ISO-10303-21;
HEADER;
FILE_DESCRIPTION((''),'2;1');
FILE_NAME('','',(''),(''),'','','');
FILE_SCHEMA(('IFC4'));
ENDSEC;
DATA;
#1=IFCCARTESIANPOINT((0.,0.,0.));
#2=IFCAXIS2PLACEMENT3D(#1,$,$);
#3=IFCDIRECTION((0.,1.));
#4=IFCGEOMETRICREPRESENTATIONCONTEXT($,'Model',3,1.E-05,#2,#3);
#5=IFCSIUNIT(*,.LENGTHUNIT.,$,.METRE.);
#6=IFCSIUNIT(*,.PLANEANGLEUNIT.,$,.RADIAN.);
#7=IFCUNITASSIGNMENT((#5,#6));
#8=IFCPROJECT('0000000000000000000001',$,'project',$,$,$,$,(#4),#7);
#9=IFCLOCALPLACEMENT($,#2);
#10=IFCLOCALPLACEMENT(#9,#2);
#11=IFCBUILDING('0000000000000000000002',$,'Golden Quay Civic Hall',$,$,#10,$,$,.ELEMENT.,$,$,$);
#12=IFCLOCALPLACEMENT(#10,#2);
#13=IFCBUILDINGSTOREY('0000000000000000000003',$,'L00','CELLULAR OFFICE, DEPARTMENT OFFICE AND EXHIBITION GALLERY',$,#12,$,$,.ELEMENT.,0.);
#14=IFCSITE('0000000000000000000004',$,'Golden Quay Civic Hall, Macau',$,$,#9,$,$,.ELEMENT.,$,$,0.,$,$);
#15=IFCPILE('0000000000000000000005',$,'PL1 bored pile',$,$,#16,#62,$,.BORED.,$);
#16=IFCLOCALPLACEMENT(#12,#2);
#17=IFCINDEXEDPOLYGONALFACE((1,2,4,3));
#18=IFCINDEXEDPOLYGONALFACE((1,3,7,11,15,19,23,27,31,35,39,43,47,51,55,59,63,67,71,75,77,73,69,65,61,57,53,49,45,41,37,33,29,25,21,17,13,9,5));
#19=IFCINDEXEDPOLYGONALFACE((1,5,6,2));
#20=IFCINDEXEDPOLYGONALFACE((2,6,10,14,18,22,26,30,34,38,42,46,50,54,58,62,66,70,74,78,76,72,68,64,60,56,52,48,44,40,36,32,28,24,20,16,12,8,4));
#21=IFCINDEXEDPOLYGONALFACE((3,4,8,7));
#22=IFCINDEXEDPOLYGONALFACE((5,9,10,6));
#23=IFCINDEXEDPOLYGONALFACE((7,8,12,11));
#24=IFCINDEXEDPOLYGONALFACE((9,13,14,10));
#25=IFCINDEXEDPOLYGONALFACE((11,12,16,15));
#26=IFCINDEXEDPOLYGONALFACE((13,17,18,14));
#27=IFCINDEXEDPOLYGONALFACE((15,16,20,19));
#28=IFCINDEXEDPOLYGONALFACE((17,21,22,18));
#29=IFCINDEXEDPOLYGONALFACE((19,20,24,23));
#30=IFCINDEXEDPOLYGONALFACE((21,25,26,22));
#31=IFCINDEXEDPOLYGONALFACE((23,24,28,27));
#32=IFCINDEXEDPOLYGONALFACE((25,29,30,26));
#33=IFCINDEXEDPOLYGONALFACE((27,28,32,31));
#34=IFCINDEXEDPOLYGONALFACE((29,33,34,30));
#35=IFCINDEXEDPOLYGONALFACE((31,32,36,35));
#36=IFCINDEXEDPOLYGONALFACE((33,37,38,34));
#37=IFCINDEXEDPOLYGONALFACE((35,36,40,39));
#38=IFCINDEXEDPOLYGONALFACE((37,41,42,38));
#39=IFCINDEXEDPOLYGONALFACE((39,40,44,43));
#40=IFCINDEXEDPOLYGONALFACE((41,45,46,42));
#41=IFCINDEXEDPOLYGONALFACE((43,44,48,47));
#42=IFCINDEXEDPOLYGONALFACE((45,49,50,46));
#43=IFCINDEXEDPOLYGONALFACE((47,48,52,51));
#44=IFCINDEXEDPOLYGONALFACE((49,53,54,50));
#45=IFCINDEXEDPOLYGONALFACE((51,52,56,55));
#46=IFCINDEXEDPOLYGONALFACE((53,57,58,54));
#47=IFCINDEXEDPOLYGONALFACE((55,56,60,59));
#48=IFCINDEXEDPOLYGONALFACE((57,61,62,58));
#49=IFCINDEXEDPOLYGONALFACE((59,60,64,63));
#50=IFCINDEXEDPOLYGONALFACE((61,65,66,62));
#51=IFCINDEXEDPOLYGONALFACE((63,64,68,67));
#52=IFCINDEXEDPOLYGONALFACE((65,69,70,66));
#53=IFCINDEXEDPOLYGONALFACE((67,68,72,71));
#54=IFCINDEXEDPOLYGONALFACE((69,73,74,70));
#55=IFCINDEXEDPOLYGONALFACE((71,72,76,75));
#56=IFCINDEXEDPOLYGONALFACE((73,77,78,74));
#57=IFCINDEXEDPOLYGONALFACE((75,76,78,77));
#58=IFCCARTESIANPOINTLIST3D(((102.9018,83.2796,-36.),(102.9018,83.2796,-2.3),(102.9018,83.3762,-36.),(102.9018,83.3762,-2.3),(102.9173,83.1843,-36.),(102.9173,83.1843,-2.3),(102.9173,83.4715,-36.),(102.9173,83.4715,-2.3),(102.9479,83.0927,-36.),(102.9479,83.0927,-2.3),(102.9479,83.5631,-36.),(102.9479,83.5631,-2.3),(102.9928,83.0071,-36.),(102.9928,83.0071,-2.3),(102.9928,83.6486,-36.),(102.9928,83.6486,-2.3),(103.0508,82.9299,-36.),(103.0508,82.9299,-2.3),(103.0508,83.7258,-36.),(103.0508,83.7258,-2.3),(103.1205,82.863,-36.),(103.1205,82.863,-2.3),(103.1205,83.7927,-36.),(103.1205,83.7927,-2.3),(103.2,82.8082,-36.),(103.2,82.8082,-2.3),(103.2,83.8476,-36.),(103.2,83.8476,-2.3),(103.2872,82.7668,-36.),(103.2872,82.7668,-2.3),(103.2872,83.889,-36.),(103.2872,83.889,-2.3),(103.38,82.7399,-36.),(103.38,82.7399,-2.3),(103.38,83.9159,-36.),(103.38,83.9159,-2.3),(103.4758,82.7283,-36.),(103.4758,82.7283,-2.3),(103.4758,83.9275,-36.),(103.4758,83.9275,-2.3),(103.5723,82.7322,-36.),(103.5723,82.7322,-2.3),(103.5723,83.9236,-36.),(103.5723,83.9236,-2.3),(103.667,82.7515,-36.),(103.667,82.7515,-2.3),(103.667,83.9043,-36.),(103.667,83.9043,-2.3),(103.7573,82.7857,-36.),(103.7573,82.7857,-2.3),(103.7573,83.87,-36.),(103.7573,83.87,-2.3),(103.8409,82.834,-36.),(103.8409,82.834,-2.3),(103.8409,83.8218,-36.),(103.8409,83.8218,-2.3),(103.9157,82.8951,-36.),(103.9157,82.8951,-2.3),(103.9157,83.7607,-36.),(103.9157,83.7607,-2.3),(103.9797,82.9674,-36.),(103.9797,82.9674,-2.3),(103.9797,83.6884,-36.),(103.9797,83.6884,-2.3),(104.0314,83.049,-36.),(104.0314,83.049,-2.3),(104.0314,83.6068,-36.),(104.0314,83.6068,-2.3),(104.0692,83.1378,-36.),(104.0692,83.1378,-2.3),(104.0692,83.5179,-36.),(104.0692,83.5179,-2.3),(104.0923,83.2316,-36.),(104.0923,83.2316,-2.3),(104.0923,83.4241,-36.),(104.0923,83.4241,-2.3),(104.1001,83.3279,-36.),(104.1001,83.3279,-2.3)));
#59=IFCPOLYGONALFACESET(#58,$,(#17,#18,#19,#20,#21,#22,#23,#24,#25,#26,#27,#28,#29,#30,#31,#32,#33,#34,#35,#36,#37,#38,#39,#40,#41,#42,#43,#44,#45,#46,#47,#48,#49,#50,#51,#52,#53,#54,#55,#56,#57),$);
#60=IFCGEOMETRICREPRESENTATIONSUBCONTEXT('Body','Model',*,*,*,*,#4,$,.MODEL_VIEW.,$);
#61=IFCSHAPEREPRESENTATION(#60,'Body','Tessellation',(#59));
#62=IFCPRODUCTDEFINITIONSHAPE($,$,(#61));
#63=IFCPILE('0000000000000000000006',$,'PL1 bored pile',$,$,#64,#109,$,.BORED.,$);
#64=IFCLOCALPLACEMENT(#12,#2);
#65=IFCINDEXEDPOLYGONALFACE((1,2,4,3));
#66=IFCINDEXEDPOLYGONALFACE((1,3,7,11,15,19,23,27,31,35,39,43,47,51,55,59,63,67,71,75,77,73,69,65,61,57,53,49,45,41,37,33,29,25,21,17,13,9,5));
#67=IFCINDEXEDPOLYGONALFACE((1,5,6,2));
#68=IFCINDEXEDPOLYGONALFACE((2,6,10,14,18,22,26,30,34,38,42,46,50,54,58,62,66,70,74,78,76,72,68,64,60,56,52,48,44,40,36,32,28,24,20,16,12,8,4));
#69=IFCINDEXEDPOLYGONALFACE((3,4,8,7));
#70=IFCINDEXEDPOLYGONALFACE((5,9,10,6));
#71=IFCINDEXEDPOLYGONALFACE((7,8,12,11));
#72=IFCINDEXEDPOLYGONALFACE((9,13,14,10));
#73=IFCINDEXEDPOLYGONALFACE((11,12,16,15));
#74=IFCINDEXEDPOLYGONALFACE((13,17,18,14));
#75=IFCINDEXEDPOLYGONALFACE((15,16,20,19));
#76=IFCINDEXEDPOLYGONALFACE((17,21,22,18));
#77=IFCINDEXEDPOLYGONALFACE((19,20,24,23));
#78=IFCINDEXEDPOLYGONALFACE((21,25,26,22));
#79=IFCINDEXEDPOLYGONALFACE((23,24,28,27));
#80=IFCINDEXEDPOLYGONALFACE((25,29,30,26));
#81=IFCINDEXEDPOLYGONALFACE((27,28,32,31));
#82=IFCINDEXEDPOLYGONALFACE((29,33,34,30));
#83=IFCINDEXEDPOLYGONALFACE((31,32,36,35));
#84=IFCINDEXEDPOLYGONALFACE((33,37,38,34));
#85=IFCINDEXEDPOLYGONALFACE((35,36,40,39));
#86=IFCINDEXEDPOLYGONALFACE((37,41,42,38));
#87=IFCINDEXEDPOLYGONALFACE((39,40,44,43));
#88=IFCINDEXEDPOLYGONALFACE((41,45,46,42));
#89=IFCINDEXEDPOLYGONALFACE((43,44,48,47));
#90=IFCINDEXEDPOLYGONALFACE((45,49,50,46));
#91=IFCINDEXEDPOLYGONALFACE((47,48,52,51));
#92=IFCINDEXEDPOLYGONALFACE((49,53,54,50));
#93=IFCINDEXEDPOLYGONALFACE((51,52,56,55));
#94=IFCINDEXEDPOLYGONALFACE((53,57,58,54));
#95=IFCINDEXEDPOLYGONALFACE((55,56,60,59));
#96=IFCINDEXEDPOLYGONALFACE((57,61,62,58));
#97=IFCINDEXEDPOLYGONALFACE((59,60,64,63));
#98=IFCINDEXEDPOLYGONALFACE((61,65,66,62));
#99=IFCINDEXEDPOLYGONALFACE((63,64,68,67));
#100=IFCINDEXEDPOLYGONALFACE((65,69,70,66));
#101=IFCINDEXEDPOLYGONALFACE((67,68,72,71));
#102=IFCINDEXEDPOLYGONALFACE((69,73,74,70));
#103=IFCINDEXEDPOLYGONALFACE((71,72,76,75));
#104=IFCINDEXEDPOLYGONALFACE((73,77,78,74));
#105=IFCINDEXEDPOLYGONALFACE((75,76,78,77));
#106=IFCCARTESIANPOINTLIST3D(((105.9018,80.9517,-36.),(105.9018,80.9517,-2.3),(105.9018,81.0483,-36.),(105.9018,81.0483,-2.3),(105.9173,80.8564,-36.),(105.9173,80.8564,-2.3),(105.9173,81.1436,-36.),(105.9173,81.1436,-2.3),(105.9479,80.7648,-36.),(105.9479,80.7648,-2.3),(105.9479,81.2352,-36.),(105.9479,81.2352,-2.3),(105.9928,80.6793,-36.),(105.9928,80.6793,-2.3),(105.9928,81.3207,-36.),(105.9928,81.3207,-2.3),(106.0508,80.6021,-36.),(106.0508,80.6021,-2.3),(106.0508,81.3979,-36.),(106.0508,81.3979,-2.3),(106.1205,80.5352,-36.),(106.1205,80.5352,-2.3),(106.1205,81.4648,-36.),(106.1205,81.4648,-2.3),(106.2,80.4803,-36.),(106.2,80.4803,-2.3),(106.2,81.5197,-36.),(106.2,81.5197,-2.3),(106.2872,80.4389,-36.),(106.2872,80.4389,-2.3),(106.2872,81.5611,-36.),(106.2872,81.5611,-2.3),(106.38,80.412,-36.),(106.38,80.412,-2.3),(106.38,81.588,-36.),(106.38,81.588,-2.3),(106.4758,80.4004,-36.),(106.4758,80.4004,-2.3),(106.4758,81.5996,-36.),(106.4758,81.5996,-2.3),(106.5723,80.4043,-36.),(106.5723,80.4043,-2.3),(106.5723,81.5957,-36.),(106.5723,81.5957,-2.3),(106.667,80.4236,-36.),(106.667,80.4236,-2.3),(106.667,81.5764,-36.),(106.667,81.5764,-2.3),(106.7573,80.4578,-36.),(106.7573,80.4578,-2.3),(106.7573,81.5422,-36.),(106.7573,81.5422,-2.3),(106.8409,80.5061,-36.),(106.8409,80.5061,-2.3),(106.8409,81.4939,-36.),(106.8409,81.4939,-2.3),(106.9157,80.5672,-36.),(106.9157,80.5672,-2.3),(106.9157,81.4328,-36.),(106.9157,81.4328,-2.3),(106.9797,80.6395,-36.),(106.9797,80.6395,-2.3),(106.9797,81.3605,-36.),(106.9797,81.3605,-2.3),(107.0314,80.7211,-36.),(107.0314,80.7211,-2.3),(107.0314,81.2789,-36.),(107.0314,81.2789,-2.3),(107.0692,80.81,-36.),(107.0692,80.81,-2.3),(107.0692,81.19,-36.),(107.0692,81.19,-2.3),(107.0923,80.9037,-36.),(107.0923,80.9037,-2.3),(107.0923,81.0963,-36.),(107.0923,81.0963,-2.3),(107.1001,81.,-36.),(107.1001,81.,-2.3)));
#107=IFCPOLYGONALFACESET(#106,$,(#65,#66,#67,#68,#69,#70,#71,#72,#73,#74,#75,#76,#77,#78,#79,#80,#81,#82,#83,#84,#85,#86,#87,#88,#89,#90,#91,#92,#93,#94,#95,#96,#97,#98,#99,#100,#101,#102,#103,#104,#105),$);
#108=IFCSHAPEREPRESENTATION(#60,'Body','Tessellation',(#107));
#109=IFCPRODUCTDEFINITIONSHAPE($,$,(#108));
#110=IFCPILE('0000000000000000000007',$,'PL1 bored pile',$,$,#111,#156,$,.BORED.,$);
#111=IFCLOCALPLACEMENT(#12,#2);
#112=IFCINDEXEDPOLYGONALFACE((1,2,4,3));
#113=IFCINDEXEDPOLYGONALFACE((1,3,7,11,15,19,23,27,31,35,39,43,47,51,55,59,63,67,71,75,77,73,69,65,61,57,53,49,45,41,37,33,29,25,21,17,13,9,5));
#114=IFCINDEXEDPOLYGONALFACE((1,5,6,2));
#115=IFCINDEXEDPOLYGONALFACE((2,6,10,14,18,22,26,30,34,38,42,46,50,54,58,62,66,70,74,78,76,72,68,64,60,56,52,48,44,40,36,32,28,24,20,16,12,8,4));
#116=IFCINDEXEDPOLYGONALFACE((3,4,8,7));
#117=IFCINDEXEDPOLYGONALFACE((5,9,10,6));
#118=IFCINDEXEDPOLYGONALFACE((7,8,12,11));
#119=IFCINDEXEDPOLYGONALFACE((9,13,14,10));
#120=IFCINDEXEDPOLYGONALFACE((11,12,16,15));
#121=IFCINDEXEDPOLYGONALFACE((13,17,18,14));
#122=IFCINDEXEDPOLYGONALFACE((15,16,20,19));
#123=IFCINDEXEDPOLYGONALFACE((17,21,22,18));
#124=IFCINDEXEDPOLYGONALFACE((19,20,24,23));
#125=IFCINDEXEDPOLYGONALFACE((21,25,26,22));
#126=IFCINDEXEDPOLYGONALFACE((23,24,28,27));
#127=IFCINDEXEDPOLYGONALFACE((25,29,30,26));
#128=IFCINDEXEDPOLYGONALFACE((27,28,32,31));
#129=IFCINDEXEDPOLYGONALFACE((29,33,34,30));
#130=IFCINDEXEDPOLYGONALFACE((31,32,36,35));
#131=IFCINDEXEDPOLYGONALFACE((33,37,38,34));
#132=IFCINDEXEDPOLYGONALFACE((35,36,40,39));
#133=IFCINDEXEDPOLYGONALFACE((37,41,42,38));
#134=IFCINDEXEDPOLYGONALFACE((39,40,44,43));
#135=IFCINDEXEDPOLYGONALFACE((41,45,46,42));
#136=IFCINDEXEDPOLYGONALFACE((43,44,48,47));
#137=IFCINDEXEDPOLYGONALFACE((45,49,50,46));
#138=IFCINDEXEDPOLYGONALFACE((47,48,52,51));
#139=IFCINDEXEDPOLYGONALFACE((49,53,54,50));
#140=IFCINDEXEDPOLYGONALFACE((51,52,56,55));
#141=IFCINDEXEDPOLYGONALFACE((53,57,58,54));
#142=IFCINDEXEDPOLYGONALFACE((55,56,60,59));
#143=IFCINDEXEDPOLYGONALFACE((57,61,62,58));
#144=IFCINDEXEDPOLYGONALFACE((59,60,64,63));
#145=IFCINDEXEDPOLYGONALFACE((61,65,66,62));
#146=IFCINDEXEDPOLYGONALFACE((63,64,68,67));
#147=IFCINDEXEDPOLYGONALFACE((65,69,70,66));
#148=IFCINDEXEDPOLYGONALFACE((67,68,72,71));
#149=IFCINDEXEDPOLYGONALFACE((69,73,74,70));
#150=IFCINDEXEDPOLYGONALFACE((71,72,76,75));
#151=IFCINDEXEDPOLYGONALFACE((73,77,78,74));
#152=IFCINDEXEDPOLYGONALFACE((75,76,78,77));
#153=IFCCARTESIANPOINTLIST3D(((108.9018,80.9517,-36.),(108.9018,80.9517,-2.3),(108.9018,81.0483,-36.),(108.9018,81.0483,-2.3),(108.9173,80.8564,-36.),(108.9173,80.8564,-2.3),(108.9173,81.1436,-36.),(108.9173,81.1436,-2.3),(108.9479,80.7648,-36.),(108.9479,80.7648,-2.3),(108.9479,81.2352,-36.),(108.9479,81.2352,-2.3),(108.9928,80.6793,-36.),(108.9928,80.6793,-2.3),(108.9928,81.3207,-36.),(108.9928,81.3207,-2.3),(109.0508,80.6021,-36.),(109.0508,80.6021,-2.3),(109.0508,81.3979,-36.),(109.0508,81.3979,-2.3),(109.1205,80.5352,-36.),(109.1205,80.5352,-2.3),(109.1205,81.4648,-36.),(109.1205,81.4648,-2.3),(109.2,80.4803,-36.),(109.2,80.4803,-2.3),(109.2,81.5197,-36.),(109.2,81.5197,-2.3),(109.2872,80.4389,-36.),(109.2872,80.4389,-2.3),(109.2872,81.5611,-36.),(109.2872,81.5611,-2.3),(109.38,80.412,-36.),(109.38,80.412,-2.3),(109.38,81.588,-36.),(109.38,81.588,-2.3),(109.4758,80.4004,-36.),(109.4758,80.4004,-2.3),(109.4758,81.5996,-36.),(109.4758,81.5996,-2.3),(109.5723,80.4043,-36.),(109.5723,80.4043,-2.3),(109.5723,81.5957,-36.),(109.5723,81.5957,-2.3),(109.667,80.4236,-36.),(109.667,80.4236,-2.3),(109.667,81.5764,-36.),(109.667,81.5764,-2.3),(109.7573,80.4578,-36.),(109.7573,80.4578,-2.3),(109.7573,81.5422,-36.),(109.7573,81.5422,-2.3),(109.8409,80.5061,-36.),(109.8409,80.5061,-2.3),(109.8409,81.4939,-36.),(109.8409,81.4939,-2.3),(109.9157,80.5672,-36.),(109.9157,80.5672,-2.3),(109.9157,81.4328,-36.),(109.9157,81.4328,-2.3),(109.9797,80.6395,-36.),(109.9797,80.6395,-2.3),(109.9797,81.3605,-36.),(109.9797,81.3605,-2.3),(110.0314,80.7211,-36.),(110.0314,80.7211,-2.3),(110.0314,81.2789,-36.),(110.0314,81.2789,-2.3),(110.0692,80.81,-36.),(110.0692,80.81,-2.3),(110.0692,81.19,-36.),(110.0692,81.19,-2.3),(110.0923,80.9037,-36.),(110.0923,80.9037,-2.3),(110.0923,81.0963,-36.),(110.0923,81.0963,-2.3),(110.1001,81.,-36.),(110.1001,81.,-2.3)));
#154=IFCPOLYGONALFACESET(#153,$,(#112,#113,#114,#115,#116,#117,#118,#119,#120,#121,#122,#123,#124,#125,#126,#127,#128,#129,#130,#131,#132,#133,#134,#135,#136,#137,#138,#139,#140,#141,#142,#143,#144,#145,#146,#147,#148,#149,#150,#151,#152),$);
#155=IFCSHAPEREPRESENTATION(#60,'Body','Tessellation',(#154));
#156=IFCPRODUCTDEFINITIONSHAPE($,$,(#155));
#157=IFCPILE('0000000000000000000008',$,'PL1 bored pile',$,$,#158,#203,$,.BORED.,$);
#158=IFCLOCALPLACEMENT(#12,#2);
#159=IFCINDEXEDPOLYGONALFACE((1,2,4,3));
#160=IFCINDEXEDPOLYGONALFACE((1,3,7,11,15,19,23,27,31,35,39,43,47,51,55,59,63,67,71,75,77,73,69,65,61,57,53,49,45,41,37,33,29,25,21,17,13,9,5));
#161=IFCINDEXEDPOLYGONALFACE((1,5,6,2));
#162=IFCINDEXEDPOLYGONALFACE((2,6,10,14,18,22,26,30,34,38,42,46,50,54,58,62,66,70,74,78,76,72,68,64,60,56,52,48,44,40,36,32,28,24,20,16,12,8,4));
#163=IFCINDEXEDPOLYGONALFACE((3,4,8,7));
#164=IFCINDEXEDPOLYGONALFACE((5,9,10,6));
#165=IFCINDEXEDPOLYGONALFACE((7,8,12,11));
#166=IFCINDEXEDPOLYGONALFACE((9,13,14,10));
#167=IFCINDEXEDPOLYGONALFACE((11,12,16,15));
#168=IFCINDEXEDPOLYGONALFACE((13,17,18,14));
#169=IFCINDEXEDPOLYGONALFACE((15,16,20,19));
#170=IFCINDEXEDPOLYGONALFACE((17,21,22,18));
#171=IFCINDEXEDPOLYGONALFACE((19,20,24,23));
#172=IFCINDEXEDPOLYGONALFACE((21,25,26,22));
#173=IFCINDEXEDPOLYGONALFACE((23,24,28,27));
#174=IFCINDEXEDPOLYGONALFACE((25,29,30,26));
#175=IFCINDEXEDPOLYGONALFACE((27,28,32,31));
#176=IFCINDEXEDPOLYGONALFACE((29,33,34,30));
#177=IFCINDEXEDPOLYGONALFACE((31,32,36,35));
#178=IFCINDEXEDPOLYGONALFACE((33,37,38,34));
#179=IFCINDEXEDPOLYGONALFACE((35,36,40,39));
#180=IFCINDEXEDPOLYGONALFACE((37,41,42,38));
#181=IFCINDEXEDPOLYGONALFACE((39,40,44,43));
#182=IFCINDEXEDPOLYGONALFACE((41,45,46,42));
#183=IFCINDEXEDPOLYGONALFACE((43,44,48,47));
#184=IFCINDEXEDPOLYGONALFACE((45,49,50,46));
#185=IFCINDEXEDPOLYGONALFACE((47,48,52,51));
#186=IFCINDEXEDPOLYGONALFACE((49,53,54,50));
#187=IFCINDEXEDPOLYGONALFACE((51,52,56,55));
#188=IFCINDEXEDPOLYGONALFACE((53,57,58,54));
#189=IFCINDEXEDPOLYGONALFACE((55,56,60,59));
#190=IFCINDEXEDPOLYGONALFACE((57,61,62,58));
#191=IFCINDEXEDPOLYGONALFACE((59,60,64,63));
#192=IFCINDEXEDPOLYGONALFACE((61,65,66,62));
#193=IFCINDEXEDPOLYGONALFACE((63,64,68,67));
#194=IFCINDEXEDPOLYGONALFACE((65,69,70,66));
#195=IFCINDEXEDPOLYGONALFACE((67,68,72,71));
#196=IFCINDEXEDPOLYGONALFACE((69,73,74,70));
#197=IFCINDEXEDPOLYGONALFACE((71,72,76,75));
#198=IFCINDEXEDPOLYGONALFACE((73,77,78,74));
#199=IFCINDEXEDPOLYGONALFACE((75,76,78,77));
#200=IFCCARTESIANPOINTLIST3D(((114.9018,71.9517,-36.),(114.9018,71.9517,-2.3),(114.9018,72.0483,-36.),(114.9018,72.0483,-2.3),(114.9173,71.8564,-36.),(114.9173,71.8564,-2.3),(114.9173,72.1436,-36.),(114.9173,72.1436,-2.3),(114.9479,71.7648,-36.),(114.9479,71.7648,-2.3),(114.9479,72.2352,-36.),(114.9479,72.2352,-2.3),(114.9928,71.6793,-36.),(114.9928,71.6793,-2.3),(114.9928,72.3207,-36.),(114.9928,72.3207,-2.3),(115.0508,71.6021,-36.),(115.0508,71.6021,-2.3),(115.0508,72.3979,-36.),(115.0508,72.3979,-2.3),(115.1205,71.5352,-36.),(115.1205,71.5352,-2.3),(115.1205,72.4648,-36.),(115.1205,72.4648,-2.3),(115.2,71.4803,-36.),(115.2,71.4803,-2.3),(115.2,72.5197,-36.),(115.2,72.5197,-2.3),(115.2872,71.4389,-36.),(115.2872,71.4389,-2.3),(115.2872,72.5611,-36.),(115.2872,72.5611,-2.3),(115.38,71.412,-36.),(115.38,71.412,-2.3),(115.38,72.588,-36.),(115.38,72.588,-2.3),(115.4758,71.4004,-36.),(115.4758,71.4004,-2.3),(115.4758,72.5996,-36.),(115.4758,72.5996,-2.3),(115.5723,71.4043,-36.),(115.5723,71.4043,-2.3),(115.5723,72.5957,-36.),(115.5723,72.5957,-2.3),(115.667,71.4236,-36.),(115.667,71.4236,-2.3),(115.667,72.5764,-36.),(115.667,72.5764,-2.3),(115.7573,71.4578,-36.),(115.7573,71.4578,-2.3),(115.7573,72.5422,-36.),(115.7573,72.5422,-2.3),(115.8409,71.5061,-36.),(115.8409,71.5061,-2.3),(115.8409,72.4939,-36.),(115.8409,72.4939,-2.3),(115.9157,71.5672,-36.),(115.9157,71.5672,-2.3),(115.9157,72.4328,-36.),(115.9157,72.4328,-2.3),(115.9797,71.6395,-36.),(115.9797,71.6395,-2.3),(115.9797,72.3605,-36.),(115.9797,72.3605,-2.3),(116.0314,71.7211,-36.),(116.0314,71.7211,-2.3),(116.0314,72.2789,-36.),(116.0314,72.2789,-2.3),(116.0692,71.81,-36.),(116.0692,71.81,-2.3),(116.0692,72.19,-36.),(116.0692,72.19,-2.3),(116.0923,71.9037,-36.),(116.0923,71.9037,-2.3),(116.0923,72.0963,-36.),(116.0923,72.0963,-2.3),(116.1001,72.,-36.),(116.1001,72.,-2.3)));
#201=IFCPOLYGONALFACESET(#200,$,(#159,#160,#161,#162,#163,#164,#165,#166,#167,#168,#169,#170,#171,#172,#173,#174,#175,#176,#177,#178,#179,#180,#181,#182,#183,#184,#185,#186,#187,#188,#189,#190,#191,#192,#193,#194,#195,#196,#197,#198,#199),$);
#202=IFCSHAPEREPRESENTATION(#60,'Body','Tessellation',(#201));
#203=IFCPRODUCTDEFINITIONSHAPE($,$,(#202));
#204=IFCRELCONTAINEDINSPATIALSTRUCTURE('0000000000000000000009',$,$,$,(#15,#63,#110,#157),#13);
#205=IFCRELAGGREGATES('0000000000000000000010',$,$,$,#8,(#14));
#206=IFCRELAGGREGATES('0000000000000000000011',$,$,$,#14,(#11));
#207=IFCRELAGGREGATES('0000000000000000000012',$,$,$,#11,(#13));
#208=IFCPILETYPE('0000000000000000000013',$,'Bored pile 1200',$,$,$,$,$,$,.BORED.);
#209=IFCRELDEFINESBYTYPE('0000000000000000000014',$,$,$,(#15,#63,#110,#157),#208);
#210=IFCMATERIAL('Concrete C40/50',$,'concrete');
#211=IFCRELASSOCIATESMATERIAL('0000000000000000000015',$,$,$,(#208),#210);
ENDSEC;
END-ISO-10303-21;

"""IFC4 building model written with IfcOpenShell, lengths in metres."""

from ifc_helpers import new_model, si_unit, direction, frame, origin, origin_2d, place, context, subcontext, project, spatial, circle, extrude, material, material_profile, profile_set, type_object, element, save


model = new_model("IFC4")

# Units and contexts
model_context = context("Model", 3, precision=1e-05, world=origin(), true_north=direction((0.0, 1.0)))
body_context = subcontext(model_context, "Body", "Model", "MODEL_VIEW")
ifc_project = project(units=[si_unit("LENGTHUNIT", "METRE"), si_unit("PLANEANGLEUNIT", "RADIAN")], contexts=[model_context])

# Site, building, storey
site_placement = place(None, origin())
site = spatial("IfcSite", under=ifc_project, at=site_placement, Name="Golden Quay Civic Hall, Macau", CompositionType="ELEMENT", RefElevation=0.0)
building_placement = place(site_placement, origin())
building = spatial("IfcBuilding", under=site, at=building_placement, Name="Golden Quay Civic Hall", CompositionType="ELEMENT")
storey_placement = place(building_placement, origin())
storey = spatial("IfcBuildingStorey", under=building, at=storey_placement, Name="L00", Description="CELLULAR OFFICE, DEPARTMENT OFFICE AND EXHIBITION GALLERY", CompositionType="ELEMENT", Elevation=0.0)

# Piles
ifc_material_1 = material(Name="Concrete C40/50", Category="concrete")
ifc_material_profile_1 = material_profile(ifc_material_1, circle(Radius=0.6001, at=origin_2d()), Name="RC D1200")
ifc_profile_set_1 = profile_set([ifc_material_profile_1], Name="Concrete C40/50")
pile_type_1 = type_object("IfcPileType", Name="Bored pile 1200", PredefinedType="BORED", material=ifc_profile_set_1)
for number, where, z_axis, x_axis, name in (
    (1, (103.5, 83.3279, -2.3), (0.0, 0.0, -1.0), (1.0, 0.0, 0.0), "PL1 bored pile"),
    (2, (106.5, 81.0, -2.3), (0.0, 0.0, -1.0), (1.0, 0.0, 0.0), "PL1 bored pile"),
    (3, (109.5, 81.0, -2.3), (0.0, 0.0, -1.0), (1.0, 0.0, 0.0), "PL1 bored pile"),
    (4, (115.5, 72.0, -2.3), (0.0, 0.0, -1.0), (1.0, 0.0, 0.0), "PL1 bored pile"),
):
    element("IfcPile", number, at=place(storey_placement, frame(where, z_axis=z_axis, x_axis=x_axis)), inside=storey, type_object=pile_type_1, Name=name, PredefinedType="BORED", context=body_context, shape_type="SweptSolid", body=[
        extrude(circle(Radius=0.6001, at=origin_2d()), origin(), (0.0, 0.0, 1.0), 33.7),
    ])

save(model, "model.ifc")
